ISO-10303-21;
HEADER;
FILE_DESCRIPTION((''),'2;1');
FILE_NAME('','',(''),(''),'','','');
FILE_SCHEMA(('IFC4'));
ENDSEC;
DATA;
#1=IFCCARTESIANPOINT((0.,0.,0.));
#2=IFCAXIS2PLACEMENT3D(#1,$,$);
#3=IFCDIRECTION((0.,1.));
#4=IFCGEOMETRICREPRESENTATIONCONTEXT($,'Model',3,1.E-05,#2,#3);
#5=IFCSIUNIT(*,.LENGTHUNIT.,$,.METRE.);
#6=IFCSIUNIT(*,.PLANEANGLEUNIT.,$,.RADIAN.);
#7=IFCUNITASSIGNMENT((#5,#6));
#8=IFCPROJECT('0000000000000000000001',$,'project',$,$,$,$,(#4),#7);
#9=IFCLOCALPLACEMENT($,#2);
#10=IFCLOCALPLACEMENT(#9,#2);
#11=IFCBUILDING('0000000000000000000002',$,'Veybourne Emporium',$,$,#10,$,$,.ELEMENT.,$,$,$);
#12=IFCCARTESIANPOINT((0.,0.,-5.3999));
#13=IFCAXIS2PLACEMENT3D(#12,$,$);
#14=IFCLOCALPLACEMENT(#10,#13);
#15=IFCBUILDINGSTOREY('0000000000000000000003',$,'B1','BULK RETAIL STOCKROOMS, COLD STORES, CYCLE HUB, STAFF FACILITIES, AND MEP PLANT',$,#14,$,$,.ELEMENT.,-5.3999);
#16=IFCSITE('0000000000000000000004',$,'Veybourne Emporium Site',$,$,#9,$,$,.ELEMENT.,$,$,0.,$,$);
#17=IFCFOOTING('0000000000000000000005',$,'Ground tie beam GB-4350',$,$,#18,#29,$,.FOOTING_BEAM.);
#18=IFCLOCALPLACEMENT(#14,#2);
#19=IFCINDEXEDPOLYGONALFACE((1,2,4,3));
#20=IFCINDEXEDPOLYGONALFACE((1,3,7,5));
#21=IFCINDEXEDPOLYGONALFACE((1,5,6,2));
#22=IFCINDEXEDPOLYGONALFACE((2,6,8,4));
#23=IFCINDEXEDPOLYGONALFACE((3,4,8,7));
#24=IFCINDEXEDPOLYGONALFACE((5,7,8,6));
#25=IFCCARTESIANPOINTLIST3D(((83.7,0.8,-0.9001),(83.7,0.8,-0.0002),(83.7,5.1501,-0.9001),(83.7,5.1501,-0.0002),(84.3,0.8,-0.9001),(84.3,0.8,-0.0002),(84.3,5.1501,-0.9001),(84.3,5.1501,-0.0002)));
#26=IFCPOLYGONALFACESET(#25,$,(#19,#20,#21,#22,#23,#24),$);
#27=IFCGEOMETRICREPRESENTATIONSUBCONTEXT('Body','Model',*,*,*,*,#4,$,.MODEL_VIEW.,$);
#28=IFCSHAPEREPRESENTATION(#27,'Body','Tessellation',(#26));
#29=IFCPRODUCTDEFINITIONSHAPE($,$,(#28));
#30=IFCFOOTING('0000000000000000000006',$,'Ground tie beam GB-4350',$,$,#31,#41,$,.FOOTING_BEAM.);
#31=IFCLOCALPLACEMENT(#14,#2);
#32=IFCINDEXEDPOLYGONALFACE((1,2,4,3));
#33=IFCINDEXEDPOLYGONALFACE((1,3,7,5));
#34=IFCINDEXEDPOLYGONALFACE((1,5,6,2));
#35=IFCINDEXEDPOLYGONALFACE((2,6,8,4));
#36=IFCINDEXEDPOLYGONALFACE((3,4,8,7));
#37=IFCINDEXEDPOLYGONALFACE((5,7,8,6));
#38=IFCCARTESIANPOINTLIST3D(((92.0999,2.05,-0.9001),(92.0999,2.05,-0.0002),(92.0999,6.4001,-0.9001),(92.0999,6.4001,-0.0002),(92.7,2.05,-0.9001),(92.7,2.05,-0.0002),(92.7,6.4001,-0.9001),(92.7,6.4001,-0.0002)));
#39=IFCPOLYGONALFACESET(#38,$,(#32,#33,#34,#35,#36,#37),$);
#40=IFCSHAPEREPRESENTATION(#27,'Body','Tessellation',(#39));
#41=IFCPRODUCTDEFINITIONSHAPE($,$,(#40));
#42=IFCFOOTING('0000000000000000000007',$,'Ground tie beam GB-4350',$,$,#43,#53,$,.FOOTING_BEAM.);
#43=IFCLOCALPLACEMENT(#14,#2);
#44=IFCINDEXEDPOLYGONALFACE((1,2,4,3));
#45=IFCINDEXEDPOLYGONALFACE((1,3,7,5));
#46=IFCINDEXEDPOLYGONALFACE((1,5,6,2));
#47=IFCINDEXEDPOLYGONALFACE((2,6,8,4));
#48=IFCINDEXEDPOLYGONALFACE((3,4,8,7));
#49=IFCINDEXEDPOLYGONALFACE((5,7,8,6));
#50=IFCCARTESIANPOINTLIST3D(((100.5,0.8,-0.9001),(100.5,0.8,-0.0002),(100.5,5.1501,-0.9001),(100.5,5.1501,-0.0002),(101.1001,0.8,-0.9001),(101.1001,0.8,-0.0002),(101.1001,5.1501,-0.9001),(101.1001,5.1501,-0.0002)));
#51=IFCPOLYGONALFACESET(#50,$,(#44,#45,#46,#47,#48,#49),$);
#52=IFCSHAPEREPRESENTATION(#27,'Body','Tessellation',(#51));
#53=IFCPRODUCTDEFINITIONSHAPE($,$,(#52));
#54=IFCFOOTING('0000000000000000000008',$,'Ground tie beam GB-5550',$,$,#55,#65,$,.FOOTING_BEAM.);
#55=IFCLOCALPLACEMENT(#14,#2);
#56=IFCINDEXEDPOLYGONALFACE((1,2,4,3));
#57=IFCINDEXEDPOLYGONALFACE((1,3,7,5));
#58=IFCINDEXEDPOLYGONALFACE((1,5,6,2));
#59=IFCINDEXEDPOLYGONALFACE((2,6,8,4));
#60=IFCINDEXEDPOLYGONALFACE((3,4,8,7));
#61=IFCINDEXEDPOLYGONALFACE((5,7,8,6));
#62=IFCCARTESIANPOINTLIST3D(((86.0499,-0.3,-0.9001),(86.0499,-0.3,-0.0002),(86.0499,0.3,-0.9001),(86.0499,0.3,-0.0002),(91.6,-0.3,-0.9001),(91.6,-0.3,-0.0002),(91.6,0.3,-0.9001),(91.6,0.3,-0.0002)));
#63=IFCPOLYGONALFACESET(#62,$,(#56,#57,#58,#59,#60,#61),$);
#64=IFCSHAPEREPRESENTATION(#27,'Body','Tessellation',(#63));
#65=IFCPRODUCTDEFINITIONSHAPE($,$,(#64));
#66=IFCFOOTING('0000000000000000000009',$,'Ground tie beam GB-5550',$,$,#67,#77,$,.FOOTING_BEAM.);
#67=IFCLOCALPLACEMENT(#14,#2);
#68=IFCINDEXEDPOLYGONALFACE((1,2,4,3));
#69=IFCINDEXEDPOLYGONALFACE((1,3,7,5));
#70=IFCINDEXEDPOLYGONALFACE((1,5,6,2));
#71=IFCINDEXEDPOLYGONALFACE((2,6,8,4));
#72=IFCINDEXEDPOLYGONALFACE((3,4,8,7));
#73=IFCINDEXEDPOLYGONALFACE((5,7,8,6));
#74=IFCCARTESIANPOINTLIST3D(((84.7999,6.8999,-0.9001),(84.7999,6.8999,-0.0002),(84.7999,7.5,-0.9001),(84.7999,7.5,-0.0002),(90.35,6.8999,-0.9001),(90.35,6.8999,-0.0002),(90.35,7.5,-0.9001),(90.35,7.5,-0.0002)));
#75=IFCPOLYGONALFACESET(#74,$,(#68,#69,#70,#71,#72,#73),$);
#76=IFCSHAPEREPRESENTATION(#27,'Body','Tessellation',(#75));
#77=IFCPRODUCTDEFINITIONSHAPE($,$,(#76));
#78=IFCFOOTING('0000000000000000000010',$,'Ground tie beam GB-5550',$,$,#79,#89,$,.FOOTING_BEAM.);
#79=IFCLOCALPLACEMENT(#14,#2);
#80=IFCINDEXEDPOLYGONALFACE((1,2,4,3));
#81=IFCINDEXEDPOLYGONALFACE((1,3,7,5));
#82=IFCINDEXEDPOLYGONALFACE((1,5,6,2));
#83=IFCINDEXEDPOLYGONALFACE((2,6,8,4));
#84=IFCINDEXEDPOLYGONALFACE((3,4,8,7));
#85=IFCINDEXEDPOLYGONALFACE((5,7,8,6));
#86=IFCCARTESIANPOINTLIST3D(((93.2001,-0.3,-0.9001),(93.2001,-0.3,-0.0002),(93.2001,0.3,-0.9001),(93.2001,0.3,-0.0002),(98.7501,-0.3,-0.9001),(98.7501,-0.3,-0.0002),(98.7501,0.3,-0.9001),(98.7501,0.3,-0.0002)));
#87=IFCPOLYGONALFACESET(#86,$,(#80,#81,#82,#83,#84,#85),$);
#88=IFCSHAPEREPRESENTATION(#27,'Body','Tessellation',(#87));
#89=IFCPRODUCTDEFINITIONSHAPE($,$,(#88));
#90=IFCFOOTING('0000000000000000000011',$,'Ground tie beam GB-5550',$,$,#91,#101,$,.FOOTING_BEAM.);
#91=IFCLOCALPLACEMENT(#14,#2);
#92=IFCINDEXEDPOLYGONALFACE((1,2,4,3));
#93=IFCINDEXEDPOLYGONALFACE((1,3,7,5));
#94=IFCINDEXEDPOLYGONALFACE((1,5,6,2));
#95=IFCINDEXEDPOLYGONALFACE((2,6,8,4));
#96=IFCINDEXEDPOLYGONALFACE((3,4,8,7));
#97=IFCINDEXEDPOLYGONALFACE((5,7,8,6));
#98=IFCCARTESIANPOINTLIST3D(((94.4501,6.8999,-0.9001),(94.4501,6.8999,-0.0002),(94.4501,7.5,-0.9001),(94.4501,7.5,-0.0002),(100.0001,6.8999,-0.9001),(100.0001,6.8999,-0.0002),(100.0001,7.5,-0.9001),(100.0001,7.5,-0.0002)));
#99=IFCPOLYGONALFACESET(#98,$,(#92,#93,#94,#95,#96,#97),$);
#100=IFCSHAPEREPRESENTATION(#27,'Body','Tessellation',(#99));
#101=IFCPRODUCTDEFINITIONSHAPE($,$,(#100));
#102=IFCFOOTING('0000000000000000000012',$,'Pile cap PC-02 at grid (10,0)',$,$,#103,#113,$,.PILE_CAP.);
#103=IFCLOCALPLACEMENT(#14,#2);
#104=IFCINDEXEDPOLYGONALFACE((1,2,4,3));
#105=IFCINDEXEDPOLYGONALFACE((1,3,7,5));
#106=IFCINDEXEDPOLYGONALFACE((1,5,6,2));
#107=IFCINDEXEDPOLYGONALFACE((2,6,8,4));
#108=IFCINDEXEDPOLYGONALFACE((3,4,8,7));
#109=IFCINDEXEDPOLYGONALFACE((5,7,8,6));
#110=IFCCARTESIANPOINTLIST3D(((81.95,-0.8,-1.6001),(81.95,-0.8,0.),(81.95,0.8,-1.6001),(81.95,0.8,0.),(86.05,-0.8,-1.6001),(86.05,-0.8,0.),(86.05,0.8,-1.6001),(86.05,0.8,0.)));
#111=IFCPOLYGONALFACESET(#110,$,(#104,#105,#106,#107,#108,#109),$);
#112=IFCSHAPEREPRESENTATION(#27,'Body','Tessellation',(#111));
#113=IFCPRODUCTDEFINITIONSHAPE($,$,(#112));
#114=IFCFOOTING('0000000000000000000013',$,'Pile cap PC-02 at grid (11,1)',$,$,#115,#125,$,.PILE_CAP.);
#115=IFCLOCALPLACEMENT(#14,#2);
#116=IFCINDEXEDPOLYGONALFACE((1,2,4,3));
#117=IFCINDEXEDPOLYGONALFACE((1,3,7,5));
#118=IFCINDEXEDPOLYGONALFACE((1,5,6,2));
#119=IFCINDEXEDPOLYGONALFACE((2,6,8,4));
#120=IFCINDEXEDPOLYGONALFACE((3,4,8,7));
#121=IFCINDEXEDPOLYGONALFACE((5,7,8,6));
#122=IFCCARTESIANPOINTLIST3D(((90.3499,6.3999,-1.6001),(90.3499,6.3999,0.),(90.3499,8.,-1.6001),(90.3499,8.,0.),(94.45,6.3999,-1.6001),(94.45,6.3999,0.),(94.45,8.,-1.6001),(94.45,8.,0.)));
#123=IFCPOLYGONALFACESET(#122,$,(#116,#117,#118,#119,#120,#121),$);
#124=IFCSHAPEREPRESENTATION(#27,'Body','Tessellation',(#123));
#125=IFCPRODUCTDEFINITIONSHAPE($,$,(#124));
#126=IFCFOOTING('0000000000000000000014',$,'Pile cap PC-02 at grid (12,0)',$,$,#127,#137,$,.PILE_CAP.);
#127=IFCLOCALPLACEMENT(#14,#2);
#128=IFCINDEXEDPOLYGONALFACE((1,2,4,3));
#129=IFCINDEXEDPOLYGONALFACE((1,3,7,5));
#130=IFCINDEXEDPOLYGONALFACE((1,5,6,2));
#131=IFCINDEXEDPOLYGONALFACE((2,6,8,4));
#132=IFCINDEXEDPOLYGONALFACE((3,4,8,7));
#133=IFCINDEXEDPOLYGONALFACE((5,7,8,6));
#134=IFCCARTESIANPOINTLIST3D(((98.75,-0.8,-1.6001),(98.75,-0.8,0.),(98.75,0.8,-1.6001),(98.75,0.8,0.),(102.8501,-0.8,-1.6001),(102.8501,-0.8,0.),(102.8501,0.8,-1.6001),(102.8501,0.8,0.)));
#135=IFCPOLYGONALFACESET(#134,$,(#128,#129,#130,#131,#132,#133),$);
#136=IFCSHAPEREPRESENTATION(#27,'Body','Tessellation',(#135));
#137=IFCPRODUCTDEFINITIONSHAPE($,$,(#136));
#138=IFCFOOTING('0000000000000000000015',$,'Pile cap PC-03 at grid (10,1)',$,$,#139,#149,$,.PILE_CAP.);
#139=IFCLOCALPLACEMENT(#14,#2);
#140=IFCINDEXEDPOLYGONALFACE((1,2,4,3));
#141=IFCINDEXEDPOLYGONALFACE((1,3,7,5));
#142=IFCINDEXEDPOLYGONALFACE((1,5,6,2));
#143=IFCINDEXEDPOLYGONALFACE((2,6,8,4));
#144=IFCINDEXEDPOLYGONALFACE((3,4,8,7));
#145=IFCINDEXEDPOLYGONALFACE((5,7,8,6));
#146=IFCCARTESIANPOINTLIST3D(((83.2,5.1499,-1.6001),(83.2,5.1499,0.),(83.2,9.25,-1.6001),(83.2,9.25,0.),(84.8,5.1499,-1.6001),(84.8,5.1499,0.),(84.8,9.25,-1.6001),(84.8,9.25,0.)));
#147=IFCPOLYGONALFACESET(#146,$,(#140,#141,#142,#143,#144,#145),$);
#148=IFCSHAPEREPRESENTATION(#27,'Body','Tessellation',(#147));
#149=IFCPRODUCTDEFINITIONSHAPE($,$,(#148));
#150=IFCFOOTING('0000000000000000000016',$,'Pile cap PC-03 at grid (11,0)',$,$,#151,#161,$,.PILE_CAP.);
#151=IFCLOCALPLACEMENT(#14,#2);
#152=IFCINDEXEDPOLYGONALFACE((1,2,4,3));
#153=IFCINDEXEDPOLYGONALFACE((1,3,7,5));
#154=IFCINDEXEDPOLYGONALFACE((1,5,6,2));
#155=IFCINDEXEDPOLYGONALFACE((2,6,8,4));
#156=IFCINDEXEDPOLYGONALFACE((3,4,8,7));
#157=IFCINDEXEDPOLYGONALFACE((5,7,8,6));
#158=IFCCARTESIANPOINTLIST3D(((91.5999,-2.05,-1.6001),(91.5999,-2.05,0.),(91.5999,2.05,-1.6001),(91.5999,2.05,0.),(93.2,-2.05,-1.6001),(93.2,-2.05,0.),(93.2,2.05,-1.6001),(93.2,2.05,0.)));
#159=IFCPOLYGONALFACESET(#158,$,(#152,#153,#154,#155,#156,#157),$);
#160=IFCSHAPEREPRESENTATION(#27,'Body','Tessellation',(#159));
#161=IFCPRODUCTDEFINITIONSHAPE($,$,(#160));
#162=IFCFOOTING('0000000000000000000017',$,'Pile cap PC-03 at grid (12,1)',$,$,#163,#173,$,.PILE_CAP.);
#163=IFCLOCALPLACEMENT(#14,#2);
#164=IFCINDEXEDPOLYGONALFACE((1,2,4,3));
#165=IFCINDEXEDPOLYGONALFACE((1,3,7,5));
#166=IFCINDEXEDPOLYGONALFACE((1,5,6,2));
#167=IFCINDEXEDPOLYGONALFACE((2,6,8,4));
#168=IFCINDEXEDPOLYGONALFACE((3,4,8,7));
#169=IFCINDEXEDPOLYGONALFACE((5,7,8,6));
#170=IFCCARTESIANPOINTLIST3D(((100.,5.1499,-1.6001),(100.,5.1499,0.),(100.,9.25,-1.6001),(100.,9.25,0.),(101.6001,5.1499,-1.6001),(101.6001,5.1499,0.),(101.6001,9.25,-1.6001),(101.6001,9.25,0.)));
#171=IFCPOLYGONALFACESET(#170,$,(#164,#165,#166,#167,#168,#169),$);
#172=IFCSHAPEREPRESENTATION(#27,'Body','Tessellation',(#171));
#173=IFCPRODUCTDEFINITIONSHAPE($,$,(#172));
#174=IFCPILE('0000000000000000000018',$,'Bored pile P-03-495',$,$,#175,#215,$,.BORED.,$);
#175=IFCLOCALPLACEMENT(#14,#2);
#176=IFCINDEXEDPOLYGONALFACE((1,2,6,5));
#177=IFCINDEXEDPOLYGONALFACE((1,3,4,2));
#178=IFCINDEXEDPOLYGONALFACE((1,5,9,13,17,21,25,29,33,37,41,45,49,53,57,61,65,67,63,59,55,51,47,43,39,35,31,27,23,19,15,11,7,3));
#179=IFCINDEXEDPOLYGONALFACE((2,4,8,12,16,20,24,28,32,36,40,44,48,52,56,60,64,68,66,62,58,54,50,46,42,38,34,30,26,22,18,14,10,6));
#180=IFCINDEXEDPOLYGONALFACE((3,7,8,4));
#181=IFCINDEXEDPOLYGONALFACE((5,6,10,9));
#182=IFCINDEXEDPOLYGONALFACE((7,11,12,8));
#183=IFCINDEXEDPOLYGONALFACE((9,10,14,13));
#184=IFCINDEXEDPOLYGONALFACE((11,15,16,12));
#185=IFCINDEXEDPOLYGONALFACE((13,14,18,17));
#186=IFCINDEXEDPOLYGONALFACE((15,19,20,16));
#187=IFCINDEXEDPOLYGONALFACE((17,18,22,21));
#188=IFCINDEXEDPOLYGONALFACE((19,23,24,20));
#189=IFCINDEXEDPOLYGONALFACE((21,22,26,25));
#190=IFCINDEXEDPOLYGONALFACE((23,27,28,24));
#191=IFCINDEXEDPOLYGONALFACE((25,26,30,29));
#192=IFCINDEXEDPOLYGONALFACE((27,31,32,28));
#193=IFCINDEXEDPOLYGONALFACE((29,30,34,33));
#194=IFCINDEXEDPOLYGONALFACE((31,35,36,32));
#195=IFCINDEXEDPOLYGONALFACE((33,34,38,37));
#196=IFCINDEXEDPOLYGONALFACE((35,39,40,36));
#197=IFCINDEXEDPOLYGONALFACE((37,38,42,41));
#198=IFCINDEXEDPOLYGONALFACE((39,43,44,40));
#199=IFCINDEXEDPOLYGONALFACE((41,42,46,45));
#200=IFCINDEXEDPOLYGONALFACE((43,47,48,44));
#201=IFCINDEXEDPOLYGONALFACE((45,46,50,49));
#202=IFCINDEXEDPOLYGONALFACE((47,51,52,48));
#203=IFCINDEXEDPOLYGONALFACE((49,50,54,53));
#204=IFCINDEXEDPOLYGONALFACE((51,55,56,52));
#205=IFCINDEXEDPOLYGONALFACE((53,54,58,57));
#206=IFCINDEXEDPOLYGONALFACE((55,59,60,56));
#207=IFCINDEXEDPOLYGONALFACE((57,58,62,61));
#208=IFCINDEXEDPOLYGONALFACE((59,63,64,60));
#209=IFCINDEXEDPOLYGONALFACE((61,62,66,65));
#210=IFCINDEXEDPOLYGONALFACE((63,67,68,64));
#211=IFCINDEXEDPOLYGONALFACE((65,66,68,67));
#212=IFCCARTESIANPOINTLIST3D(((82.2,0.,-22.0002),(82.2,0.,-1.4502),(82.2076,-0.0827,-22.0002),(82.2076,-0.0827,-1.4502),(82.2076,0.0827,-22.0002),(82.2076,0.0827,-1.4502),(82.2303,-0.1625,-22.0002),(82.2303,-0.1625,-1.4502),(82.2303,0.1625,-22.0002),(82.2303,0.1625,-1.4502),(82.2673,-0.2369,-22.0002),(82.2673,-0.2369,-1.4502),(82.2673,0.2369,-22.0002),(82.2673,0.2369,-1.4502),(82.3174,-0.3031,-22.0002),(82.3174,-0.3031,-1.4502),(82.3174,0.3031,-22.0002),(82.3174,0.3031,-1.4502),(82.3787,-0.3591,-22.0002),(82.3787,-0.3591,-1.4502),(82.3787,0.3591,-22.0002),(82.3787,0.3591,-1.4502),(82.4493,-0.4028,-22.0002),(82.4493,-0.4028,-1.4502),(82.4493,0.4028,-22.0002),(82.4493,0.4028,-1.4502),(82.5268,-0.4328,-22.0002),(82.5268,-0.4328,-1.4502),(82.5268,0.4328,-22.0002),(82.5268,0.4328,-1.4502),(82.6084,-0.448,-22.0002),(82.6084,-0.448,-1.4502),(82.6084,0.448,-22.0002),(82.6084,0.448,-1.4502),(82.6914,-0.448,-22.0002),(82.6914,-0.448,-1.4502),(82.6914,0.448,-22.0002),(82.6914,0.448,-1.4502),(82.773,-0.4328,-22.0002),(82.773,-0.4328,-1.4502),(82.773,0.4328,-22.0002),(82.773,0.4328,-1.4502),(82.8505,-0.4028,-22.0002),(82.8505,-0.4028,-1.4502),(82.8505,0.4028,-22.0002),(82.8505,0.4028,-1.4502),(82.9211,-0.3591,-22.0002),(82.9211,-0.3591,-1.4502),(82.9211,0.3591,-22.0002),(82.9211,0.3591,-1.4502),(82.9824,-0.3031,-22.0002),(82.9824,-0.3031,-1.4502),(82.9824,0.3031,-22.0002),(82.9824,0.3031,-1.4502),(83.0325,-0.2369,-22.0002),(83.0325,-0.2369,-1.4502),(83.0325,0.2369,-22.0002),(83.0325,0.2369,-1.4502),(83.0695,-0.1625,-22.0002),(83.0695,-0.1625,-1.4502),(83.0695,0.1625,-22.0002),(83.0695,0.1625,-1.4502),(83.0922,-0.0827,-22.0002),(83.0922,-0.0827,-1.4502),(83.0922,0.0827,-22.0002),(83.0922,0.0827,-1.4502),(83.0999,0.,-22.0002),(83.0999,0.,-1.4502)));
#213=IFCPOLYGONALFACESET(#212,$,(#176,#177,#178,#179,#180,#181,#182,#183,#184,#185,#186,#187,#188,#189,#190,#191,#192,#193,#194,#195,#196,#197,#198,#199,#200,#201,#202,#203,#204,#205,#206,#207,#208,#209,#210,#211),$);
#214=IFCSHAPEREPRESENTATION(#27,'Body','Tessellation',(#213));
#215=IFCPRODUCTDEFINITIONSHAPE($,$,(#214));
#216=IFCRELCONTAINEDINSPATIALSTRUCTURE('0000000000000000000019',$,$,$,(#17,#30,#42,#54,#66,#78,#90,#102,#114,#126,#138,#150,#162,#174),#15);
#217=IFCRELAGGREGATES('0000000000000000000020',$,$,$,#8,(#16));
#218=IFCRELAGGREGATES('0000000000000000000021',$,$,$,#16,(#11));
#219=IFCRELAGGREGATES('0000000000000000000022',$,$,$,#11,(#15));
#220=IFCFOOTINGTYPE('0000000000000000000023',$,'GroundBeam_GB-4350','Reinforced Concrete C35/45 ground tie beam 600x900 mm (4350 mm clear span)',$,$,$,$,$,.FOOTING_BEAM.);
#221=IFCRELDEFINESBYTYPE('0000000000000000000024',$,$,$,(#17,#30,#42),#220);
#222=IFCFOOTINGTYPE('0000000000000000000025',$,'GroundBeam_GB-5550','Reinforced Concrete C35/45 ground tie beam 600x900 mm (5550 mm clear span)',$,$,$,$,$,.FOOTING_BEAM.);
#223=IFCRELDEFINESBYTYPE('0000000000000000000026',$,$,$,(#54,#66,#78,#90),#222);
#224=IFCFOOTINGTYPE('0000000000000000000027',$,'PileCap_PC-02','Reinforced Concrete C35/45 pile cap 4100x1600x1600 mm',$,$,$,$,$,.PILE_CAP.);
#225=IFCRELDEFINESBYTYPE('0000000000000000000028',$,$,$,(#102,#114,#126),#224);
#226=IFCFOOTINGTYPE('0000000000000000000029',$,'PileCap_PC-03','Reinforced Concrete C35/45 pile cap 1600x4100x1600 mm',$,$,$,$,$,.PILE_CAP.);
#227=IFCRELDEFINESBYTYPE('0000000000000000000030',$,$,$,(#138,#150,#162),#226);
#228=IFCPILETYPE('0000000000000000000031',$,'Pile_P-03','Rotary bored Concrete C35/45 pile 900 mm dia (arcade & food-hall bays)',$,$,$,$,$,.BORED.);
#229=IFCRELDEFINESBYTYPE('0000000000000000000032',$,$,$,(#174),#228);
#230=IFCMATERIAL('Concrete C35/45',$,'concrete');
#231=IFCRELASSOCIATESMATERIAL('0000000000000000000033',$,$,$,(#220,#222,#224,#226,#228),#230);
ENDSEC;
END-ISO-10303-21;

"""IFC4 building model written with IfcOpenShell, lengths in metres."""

from ifc_helpers import new_model, si_unit, direction, frame, origin, origin_2d, place, context, subcontext, project, spatial, rectangle, circle, extrude, material, material_profile, profile_set, type_object, element, save


model = new_model("IFC4")

# Units and contexts
model_context = context("Model", 3, precision=1e-05, world=origin(), true_north=direction((0.0, 1.0)))
body_context = subcontext(model_context, "Body", "Model", "MODEL_VIEW")
ifc_project = project(units=[si_unit("LENGTHUNIT", "METRE"), si_unit("PLANEANGLEUNIT", "RADIAN")], contexts=[model_context])

# Site, building, storey
site_placement = place(None, origin())
site = spatial("IfcSite", under=ifc_project, at=site_placement, Name="Veybourne Emporium Site", CompositionType="ELEMENT", RefElevation=0.0)
building_placement = place(site_placement, origin())
building = spatial("IfcBuilding", under=site, at=building_placement, Name="Veybourne Emporium", CompositionType="ELEMENT")
storey_placement = place(building_placement, frame((0.0, 0.0, -5.3999)))
storey = spatial("IfcBuildingStorey", under=building, at=storey_placement, Name="B1", Description="BULK RETAIL STOCKROOMS, COLD STORES, CYCLE HUB, STAFF FACILITIES, AND MEP PLANT", CompositionType="ELEMENT", Elevation=-5.3999)

# Footings
ifc_material_1 = material(Name="Concrete C35/45", Category="concrete")
footing_type_1 = type_object("IfcFootingType", Name="GroundBeam_GB-4350", Description="Reinforced Concrete C35/45 ground tie beam 600x900 mm (4350 mm clear span)", PredefinedType="FOOTING_BEAM", material=ifc_material_1)
for number, where, z_axis, x_axis, name in (
    (1, (84.0, 2.9751, -0.9001), (0.0, 0.0, 1.0), (0.0, 1.0, 0.0), "Ground tie beam GB-4350"),
    (2, (92.3999, 4.2251, -0.9001), (0.0, 0.0, 1.0), (0.0, 1.0, 0.0), "Ground tie beam GB-4350"),
    (3, (100.8, 2.9751, -0.9001), (0.0, 0.0, 1.0), (0.0, 1.0, 0.0), "Ground tie beam GB-4350"),
):
    element("IfcFooting", number, at=place(storey_placement, frame(where, z_axis=z_axis, x_axis=x_axis)), inside=storey, type_object=footing_type_1, Name=name, PredefinedType="FOOTING_BEAM", context=body_context, shape_type="SweptSolid", body=[
        extrude(rectangle(XDim=4.3501, YDim=0.6001, at=origin_2d()), origin(), (0.0, 0.0, 1.0), 0.8999),
    ])
footing_type_2 = type_object("IfcFootingType", Name="GroundBeam_GB-5550", Description="Reinforced Concrete C35/45 ground tie beam 600x900 mm (5550 mm clear span)", PredefinedType="FOOTING_BEAM", material=ifc_material_1)
for number, where, z_axis, x_axis, name in (
    (4, (88.825, 0.0, -0.9001), (0.0, 0.0, 1.0), (1.0, 0.0, 0.0), "Ground tie beam GB-5550"),
    (5, (87.575, 7.2, -0.9001), (0.0, 0.0, 1.0), (1.0, 0.0, 0.0), "Ground tie beam GB-5550"),
    (6, (95.9751, 0.0, -0.9001), (0.0, 0.0, 1.0), (1.0, 0.0, 0.0), "Ground tie beam GB-5550"),
    (7, (97.2251, 7.2, -0.9001), (0.0, 0.0, 1.0), (1.0, 0.0, 0.0), "Ground tie beam GB-5550"),
):
    element("IfcFooting", number, at=place(storey_placement, frame(where, z_axis=z_axis, x_axis=x_axis)), inside=storey, type_object=footing_type_2, Name=name, PredefinedType="FOOTING_BEAM", context=body_context, shape_type="SweptSolid", body=[
        extrude(rectangle(XDim=5.55, YDim=0.6001, at=origin_2d()), origin(), (0.0, 0.0, 1.0), 0.8999),
    ])
footing_type_3 = type_object("IfcFootingType", Name="PileCap_PC-02", Description="Reinforced Concrete C35/45 pile cap 4100x1600x1600 mm", PredefinedType="PILE_CAP", material=ifc_material_1)
for number, where, z_axis, x_axis, name in (
    (8, (84.0, 0.0, -1.6001), (0.0, 0.0, 1.0), (1.0, 0.0, 0.0), "Pile cap PC-02 at grid (10,0)"),
    (9, (92.3999, 7.2, -1.6001), (0.0, 0.0, 1.0), (1.0, 0.0, 0.0), "Pile cap PC-02 at grid (11,1)"),
    (10, (100.8, 0.0, -1.6001), (0.0, 0.0, 1.0), (1.0, 0.0, 0.0), "Pile cap PC-02 at grid (12,0)"),
):
    element("IfcFooting", number, at=place(storey_placement, frame(where, z_axis=z_axis, x_axis=x_axis)), inside=storey, type_object=footing_type_3, Name=name, PredefinedType="PILE_CAP", context=body_context, shape_type="SweptSolid", body=[
        extrude(rectangle(XDim=4.1001, YDim=1.6001, at=origin_2d()), origin(), (0.0, 0.0, 1.0), 1.6001),
    ])
footing_type_4 = type_object("IfcFootingType", Name="PileCap_PC-03", Description="Reinforced Concrete C35/45 pile cap 1600x4100x1600 mm", PredefinedType="PILE_CAP", material=ifc_material_1)
for number, where, z_axis, x_axis, name in (
    (11, (84.0, 7.2, -1.6001), (0.0, 0.0, 1.0), (1.0, 0.0, 0.0), "Pile cap PC-03 at grid (10,1)"),
    (12, (92.3999, 0.0, -1.6001), (0.0, 0.0, 1.0), (1.0, 0.0, 0.0), "Pile cap PC-03 at grid (11,0)"),
    (13, (100.8, 7.2, -1.6001), (0.0, 0.0, 1.0), (1.0, 0.0, 0.0), "Pile cap PC-03 at grid (12,1)"),
):
    element("IfcFooting", number, at=place(storey_placement, frame(where, z_axis=z_axis, x_axis=x_axis)), inside=storey, type_object=footing_type_4, Name=name, PredefinedType="PILE_CAP", context=body_context, shape_type="SweptSolid", body=[
        extrude(rectangle(XDim=1.6001, YDim=4.1001, at=origin_2d()), origin(), (0.0, 0.0, 1.0), 1.6001),
    ])

# Pile
ifc_material_profile_1 = material_profile(ifc_material_1, circle(Radius=0.45, at=origin_2d()), Name="BORED PILE 900")
ifc_profile_set_1 = profile_set([ifc_material_profile_1], Name="Concrete C35/45")
pile_type = type_object("IfcPileType", Name="Pile_P-03", Description="Rotary bored Concrete C35/45 pile 900 mm dia (arcade & food-hall bays)", PredefinedType="BORED", material=ifc_profile_set_1)
for number, where, z_axis, x_axis, name in (
    (14, (82.6499, 0.0, -1.4502), (0.0, 0.0, -1.0), (1.0, 0.0, 0.0), "Bored pile P-03-495"),
):
    element("IfcPile", number, at=place(storey_placement, frame(where, z_axis=z_axis, x_axis=x_axis)), inside=storey, type_object=pile_type, Name=name, PredefinedType="BORED", context=body_context, shape_type="SweptSolid", body=[
        extrude(circle(Radius=0.45, at=origin_2d()), origin(), (0.0, 0.0, 1.0), 20.55),
    ])

save(model, "model.ifc")
